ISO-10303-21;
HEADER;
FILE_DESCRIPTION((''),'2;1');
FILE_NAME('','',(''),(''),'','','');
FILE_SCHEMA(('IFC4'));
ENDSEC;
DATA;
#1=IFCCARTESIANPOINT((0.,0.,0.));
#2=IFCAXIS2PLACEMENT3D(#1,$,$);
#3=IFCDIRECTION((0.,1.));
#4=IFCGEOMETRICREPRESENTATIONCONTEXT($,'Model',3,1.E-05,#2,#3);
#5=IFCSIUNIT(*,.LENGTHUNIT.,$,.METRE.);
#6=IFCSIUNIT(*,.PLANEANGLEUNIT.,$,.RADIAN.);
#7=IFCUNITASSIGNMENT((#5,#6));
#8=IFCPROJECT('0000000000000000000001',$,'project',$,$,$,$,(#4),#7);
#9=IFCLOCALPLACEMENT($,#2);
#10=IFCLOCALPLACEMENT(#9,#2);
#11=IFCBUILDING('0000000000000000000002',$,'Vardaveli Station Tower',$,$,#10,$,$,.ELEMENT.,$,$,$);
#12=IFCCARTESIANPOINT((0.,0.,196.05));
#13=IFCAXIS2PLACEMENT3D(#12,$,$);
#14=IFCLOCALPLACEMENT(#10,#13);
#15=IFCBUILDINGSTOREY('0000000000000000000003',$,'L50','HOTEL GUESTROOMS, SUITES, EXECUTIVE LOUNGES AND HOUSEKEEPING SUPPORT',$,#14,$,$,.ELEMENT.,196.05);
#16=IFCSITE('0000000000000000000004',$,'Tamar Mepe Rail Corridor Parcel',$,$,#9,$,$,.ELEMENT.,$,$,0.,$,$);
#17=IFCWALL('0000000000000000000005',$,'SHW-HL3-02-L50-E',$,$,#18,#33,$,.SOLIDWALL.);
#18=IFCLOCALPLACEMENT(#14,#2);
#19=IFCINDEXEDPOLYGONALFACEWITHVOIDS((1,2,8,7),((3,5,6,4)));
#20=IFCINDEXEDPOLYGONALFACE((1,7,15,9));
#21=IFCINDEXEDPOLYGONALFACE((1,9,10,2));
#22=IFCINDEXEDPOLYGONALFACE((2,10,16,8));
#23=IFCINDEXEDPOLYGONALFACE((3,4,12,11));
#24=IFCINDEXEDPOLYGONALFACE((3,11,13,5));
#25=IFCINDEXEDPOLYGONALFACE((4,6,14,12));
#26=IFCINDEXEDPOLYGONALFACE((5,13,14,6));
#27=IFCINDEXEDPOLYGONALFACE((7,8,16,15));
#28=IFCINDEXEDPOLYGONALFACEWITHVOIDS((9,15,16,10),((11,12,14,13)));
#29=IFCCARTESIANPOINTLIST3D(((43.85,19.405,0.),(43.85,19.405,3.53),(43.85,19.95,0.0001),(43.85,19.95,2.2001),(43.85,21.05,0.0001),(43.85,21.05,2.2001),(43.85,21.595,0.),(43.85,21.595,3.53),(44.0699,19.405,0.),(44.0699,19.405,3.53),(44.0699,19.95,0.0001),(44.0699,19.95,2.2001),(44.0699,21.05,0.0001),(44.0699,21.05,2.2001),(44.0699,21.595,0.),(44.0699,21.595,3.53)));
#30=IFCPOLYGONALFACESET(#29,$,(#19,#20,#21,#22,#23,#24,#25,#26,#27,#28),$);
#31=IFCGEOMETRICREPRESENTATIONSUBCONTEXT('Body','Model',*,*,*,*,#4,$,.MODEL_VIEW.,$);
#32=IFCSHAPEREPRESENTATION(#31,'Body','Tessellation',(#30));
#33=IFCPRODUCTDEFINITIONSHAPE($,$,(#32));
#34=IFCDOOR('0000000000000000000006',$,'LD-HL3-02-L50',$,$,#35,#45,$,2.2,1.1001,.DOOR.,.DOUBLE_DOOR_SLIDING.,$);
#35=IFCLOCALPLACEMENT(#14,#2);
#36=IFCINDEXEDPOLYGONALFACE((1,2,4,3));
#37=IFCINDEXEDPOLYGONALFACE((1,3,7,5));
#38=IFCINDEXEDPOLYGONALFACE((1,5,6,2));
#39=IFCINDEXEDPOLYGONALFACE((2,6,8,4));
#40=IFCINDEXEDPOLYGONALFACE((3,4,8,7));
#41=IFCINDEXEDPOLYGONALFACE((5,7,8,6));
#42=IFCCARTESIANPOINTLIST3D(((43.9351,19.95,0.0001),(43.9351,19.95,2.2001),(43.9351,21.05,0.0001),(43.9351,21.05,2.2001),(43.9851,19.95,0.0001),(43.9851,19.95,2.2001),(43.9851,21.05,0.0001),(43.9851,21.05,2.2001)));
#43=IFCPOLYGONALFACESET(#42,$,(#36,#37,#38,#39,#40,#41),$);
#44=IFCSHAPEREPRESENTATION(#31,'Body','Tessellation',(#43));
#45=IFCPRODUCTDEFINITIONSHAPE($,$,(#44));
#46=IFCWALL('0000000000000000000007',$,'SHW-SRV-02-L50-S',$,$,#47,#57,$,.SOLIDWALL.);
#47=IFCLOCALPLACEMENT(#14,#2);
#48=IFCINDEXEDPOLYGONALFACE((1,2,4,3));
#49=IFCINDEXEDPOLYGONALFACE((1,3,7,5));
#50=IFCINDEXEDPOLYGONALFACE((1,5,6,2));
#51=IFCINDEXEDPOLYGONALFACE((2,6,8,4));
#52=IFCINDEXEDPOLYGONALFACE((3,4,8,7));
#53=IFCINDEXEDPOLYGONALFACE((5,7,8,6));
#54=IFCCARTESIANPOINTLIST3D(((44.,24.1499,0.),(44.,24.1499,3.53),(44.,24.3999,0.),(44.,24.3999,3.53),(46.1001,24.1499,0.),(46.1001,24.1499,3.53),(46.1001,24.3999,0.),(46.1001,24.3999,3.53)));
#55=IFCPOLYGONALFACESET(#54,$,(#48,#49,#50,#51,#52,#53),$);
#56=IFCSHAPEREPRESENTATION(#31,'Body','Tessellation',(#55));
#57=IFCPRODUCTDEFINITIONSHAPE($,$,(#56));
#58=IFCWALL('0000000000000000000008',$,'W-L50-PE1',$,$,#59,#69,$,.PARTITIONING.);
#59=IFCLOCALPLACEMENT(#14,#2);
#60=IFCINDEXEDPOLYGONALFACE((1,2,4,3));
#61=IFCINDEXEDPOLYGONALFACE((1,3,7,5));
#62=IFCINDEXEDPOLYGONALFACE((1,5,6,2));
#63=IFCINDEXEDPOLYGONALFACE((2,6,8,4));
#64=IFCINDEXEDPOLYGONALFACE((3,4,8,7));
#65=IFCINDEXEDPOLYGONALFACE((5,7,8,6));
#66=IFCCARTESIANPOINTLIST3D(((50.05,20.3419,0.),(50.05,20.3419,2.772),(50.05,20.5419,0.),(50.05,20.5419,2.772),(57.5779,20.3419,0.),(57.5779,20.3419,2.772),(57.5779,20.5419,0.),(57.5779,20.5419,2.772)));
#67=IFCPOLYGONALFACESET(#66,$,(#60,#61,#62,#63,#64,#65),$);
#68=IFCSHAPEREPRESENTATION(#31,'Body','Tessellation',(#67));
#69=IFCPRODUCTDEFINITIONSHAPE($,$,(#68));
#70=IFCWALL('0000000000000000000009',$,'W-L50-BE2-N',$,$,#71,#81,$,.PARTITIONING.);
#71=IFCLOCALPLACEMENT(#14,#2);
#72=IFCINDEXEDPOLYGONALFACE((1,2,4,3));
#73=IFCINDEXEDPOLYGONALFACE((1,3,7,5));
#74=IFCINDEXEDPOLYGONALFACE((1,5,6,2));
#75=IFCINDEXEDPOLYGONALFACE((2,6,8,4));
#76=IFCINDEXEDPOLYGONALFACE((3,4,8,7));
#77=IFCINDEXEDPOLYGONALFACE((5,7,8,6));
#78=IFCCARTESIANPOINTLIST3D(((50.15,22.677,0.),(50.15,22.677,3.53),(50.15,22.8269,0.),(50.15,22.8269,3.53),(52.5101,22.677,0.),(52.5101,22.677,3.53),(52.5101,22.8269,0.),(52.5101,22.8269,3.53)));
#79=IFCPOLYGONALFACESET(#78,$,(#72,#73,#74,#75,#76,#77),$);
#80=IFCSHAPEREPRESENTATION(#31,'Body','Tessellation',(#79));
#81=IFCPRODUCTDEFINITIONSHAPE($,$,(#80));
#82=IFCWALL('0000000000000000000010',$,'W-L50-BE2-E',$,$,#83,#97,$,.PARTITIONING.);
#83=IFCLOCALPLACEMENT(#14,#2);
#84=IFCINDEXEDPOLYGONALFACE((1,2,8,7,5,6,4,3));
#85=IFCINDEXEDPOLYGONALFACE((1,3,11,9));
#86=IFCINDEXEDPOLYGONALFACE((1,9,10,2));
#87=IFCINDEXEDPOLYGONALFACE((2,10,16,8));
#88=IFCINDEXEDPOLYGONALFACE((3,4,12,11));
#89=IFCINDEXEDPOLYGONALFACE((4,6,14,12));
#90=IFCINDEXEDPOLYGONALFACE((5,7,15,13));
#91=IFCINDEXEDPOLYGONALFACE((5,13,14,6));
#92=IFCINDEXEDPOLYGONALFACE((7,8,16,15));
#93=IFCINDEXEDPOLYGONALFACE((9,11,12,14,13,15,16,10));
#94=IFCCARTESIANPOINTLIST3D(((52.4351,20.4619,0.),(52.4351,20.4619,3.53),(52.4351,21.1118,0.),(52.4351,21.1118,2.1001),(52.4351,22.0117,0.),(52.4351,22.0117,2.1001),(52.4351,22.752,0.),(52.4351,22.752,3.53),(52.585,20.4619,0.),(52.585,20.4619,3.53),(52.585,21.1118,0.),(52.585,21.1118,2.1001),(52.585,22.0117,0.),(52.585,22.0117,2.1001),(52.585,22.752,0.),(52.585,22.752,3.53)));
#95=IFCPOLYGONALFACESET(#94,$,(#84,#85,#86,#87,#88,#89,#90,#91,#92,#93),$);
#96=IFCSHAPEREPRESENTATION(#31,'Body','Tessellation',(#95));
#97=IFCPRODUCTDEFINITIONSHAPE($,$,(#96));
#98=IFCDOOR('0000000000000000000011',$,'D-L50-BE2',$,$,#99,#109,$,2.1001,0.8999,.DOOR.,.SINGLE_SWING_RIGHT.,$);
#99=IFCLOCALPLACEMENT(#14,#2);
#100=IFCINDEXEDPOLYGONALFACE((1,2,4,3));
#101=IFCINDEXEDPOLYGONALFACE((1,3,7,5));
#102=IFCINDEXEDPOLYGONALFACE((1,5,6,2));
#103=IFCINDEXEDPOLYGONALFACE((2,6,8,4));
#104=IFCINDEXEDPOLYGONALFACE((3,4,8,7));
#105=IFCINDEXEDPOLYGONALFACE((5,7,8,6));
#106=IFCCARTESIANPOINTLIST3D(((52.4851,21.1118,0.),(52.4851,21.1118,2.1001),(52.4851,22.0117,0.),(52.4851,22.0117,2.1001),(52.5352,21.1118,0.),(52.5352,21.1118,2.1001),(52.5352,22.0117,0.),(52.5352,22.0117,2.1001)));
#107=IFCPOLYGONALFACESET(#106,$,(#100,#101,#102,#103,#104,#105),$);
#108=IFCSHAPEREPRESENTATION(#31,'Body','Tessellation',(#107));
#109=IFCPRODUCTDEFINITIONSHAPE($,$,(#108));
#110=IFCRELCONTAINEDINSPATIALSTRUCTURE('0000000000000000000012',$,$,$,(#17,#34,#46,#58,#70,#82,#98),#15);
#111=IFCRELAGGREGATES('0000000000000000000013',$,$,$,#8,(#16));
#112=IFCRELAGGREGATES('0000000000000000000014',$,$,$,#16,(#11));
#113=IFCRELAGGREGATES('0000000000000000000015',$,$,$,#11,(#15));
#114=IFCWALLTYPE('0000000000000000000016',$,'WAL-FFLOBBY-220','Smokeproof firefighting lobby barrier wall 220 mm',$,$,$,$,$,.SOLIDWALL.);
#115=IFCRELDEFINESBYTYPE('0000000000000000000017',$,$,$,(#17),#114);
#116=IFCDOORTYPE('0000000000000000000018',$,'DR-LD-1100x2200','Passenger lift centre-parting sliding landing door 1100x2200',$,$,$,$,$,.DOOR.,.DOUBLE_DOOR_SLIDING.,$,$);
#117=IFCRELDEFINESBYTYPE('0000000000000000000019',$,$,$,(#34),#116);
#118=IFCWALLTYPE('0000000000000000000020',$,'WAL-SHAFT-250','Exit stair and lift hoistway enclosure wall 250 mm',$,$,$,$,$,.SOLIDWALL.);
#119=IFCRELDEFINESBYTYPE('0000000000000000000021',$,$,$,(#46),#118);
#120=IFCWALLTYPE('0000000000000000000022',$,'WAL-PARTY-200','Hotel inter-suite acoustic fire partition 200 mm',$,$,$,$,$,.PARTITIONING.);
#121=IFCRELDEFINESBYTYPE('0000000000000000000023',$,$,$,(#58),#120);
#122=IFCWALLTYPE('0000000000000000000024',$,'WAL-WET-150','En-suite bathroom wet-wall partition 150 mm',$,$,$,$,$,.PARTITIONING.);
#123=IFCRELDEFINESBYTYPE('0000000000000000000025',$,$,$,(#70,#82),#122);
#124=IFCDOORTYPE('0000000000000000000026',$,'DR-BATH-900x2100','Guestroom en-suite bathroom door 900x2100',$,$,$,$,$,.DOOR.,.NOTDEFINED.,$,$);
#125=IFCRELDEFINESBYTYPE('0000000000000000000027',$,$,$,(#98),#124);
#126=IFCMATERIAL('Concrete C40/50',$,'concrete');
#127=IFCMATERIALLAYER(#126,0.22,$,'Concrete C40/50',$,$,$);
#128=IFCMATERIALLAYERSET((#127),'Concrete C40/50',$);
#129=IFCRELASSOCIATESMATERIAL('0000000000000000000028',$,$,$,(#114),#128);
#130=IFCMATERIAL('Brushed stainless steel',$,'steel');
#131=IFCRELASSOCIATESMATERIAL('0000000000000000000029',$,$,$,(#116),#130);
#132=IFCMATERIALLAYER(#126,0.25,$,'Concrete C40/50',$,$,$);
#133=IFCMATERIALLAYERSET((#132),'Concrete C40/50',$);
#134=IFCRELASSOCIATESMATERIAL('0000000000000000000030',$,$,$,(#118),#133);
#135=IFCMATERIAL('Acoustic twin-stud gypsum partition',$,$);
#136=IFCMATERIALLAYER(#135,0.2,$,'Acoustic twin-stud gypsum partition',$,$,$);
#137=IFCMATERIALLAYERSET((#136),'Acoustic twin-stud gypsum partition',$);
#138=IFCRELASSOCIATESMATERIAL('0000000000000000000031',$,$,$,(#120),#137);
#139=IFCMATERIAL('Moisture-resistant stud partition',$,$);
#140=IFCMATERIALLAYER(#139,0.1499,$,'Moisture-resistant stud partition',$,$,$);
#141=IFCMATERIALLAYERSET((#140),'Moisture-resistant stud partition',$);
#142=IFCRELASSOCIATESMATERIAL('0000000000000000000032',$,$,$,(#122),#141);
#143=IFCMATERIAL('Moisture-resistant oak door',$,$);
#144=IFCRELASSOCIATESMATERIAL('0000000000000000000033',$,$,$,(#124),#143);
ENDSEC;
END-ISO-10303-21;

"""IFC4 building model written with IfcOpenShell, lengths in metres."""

from ifc_helpers import new_model, si_unit, direction, frame, frame_2d, origin, place, context, subcontext, project, spatial, rectangle, extrude, source, transform, mapped, material, layer, layer_set, type_object, element, fill, save


model = new_model("IFC4")

# Units and contexts
model_context = context("Model", 3, precision=1e-05, world=origin(), true_north=direction((0.0, 1.0)))
body_context = subcontext(model_context, "Body", "Model", "MODEL_VIEW")
ifc_project = project(units=[si_unit("LENGTHUNIT", "METRE"), si_unit("PLANEANGLEUNIT", "RADIAN")], contexts=[model_context])

# Site, building, storey
site_placement = place(None, origin())
site = spatial("IfcSite", under=ifc_project, at=site_placement, Name="Tamar Mepe Rail Corridor Parcel", CompositionType="ELEMENT", RefElevation=0.0)
building_placement = place(site_placement, origin())
building = spatial("IfcBuilding", under=site, at=building_placement, Name="Vardaveli Station Tower", CompositionType="ELEMENT")
storey_placement = place(building_placement, frame((0.0, 0.0, 196.05)))
storey = spatial("IfcBuildingStorey", under=building, at=storey_placement, Name="L50", Description="HOTEL GUESTROOMS, SUITES, EXECUTIVE LOUNGES AND HOUSEKEEPING SUPPORT", CompositionType="ELEMENT", Elevation=196.05)

# Wall, opening, door
ifc_material_1 = material(Name="Concrete C40/50", Category="concrete")
ifc_layer_1 = layer(ifc_material_1, 0.22, Name="Concrete C40/50")
ifc_layer_set_1 = layer_set([ifc_layer_1], Name="Concrete C40/50")
wall_type_1 = type_object("IfcWallType", Name="WAL-FFLOBBY-220", Description="Smokeproof firefighting lobby barrier wall 220 mm", PredefinedType="SOLIDWALL", material=ifc_layer_set_1)
shared_shape_1 = source(origin(), body_context, "Body", "SweptSolid", [
    extrude(rectangle(XDim=2.1899, YDim=0.22, at=frame_2d((1.095, 0.0))), origin(), (0.0, 0.0, 1.0), 3.53),
])
shared_shape_2 = source(origin(), body_context, "Body", "SweptSolid", [
    extrude(rectangle(XDim=1.1001, YDim=2.2, at=frame_2d((0.55, 1.1001))), frame((0.0, 0.1201, 0.0), z_axis=(0.0, -1.0, 0.0), x_axis=(1.0, 0.0, 0.0)), (0.0, 0.0, 1.0), 0.24),
])
ifc_material_2 = material(Name="Brushed stainless steel", Category="steel")
door_type_1 = type_object("IfcDoorType", Name="DR-LD-1100x2200", Description="Passenger lift centre-parting sliding landing door 1100x2200", OperationType="DOUBLE_DOOR_SLIDING", PredefinedType="DOOR", material=ifc_material_2)
shared_shape_3 = source(origin(), body_context, "Body", "SweptSolid", [
    extrude(rectangle(XDim=1.1001, YDim=2.2, at=frame_2d((0.55, 1.1001))), frame((0.0, 0.0249, 0.0), z_axis=(0.0, -1.0, 0.0), x_axis=(1.0, 0.0, 0.0)), (0.0, 0.0, 1.0), 0.05),
])
wall_1_placement = place(storey_placement, frame((43.96, 19.405, 0.0), z_axis=(0.0, 0.0, 1.0), x_axis=(0.0, 1.0, 0.0)))
wall_1 = element("IfcWall", 1, at=wall_1_placement, inside=storey, type_object=wall_type_1, Name="SHW-HL3-02-L50-E", PredefinedType="SOLIDWALL", context=body_context, shape_type="MappedRepresentation", body=[
    mapped(shared_shape_1, transform((0.0, 0.0, 0.0), scale=1.0)),
])
opening_1_placement = place(wall_1_placement, frame((0.5449, 0.0, 0.0)))
opening_1 = element("IfcOpeningElement", 2, at=opening_1_placement, cuts=wall_1, PredefinedType="OPENING", context=body_context, shape_type="MappedRepresentation", body=[
    mapped(shared_shape_2, transform((0.0, 0.0, 0.0), scale=1.0)),
])
door_1_placement = place(opening_1_placement, origin())
door_1 = element("IfcDoor", 3, at=door_1_placement, inside=storey, type_object=door_type_1, Name="LD-HL3-02-L50", OperationType="DOUBLE_DOOR_SLIDING", OverallHeight=2.2, OverallWidth=1.1001, PredefinedType="DOOR", context=body_context, shape_type="MappedRepresentation", body=[
    mapped(shared_shape_3, transform((0.0, 0.0, 0.0), scale=1.0)),
])
fill(opening_1, door_1)

# Walls
ifc_layer_2 = layer(ifc_material_1, 0.25, Name="Concrete C40/50")
ifc_layer_set_2 = layer_set([ifc_layer_2], Name="Concrete C40/50")
wall_type_2 = type_object("IfcWallType", Name="WAL-SHAFT-250", Description="Exit stair and lift hoistway enclosure wall 250 mm", PredefinedType="SOLIDWALL", material=ifc_layer_set_2)
shared_shape_4 = source(origin(), body_context, "Body", "SweptSolid", [
    extrude(rectangle(XDim=2.1001, YDim=0.25, at=frame_2d((1.05, 0.0))), origin(), (0.0, 0.0, 1.0), 3.53),
])
wall_2_placement = place(storey_placement, frame((44.0, 24.2749, 0.0), z_axis=(0.0, 0.0, 1.0), x_axis=(1.0, 0.0, 0.0)))
element("IfcWall", 4, at=wall_2_placement, inside=storey, type_object=wall_type_2, Name="SHW-SRV-02-L50-S", PredefinedType="SOLIDWALL", context=body_context, shape_type="MappedRepresentation", body=[
    mapped(shared_shape_4, transform((0.0, 0.0, 0.0), scale=1.0)),
])
ifc_material_3 = material(Name="Acoustic twin-stud gypsum partition")
ifc_layer_3 = layer(ifc_material_3, 0.2, Name="Acoustic twin-stud gypsum partition")
ifc_layer_set_3 = layer_set([ifc_layer_3], Name="Acoustic twin-stud gypsum partition")
wall_type_3 = type_object("IfcWallType", Name="WAL-PARTY-200", Description="Hotel inter-suite acoustic fire partition 200 mm", PredefinedType="PARTITIONING", material=ifc_layer_set_3)
shared_shape_5 = source(origin(), body_context, "Body", "SweptSolid", [
    extrude(rectangle(XDim=7.5278, YDim=0.2, at=frame_2d((3.7639, 0.0))), origin(), (0.0, 0.0, 1.0), 2.772),
])
wall_3_placement = place(storey_placement, frame((50.05, 20.4419, 0.0), z_axis=(0.0, 0.0, 1.0), x_axis=(1.0, 0.0, 0.0)))
element("IfcWall", 5, at=wall_3_placement, inside=storey, type_object=wall_type_3, Name="W-L50-PE1", PredefinedType="PARTITIONING", context=body_context, shape_type="MappedRepresentation", body=[
    mapped(shared_shape_5, transform((0.0, 0.0, 0.0), scale=1.0)),
])
ifc_material_4 = material(Name="Moisture-resistant stud partition")
ifc_layer_4 = layer(ifc_material_4, 0.1499, Name="Moisture-resistant stud partition")
ifc_layer_set_4 = layer_set([ifc_layer_4], Name="Moisture-resistant stud partition")
wall_type_4 = type_object("IfcWallType", Name="WAL-WET-150", Description="En-suite bathroom wet-wall partition 150 mm", PredefinedType="PARTITIONING", material=ifc_layer_set_4)
shared_shape_6 = source(origin(), body_context, "Body", "SweptSolid", [
    extrude(rectangle(XDim=2.3601, YDim=0.1499, at=frame_2d((1.1802, 0.0))), origin(), (0.0, 0.0, 1.0), 3.53),
])
wall_4_placement = place(storey_placement, frame((50.1499, 22.752, 0.0), z_axis=(0.0, 0.0, 1.0), x_axis=(1.0, 0.0, 0.0)))
element("IfcWall", 6, at=wall_4_placement, inside=storey, type_object=wall_type_4, Name="W-L50-BE2-N", PredefinedType="PARTITIONING", context=body_context, shape_type="MappedRepresentation", body=[
    mapped(shared_shape_6, transform((0.0, 0.0, 0.0), scale=1.0)),
])

# Wall, opening, door
shared_shape_7 = source(origin(), body_context, "Body", "SweptSolid", [
    extrude(rectangle(XDim=2.29, YDim=0.1499, at=frame_2d((1.145, 0.0))), origin(), (0.0, 0.0, 1.0), 3.53),
])
wall_5_placement = place(storey_placement, frame((52.51, 20.4619, 0.0), z_axis=(0.0, 0.0, 1.0), x_axis=(0.0, 1.0, 0.0)))
wall_5 = element("IfcWall", 7, at=wall_5_placement, inside=storey, type_object=wall_type_4, Name="W-L50-BE2-E", PredefinedType="PARTITIONING", context=body_context, shape_type="MappedRepresentation", body=[
    mapped(shared_shape_7, transform((0.0, 0.0, 0.0), scale=1.0)),
])
shared_shape_8 = source(origin(), body_context, "Body", "SweptSolid", [
    extrude(rectangle(XDim=0.8999, YDim=2.1001, at=frame_2d((0.45, 1.05))), frame((0.0, 0.085, 0.0), z_axis=(0.0, -1.0, 0.0), x_axis=(1.0, 0.0, 0.0)), (0.0, 0.0, 1.0), 0.1699),
])
opening_2_placement = place(wall_5_placement, frame((0.6499, 0.0, 0.0)))
opening_2 = element("IfcOpeningElement", 8, at=opening_2_placement, cuts=wall_5, PredefinedType="OPENING", context=body_context, shape_type="MappedRepresentation", body=[
    mapped(shared_shape_8, transform((0.0, 0.0, 0.0), scale=1.0)),
])
ifc_material_5 = material(Name="Moisture-resistant oak door")
door_type_2 = type_object("IfcDoorType", Name="DR-BATH-900x2100", Description="Guestroom en-suite bathroom door 900x2100", OperationType="NOTDEFINED", PredefinedType="DOOR", material=ifc_material_5)
shared_shape_9 = source(origin(), body_context, "Body", "SweptSolid", [
    extrude(rectangle(XDim=0.8999, YDim=2.1001, at=frame_2d((0.45, 1.05))), frame((0.0, 0.0249, 0.0), z_axis=(0.0, -1.0, 0.0), x_axis=(1.0, 0.0, 0.0)), (0.0, 0.0, 1.0), 0.05),
])
door_2_placement = place(opening_2_placement, origin())
door_2 = element("IfcDoor", 9, at=door_2_placement, inside=storey, type_object=door_type_2, Name="D-L50-BE2", OperationType="SINGLE_SWING_RIGHT", OverallHeight=2.1001, OverallWidth=0.8999, PredefinedType="DOOR", context=body_context, shape_type="MappedRepresentation", body=[
    mapped(shared_shape_9, transform((0.0, 0.0, 0.0), scale=1.0)),
])
fill(opening_2, door_2)

save(model, "model.ifc")
